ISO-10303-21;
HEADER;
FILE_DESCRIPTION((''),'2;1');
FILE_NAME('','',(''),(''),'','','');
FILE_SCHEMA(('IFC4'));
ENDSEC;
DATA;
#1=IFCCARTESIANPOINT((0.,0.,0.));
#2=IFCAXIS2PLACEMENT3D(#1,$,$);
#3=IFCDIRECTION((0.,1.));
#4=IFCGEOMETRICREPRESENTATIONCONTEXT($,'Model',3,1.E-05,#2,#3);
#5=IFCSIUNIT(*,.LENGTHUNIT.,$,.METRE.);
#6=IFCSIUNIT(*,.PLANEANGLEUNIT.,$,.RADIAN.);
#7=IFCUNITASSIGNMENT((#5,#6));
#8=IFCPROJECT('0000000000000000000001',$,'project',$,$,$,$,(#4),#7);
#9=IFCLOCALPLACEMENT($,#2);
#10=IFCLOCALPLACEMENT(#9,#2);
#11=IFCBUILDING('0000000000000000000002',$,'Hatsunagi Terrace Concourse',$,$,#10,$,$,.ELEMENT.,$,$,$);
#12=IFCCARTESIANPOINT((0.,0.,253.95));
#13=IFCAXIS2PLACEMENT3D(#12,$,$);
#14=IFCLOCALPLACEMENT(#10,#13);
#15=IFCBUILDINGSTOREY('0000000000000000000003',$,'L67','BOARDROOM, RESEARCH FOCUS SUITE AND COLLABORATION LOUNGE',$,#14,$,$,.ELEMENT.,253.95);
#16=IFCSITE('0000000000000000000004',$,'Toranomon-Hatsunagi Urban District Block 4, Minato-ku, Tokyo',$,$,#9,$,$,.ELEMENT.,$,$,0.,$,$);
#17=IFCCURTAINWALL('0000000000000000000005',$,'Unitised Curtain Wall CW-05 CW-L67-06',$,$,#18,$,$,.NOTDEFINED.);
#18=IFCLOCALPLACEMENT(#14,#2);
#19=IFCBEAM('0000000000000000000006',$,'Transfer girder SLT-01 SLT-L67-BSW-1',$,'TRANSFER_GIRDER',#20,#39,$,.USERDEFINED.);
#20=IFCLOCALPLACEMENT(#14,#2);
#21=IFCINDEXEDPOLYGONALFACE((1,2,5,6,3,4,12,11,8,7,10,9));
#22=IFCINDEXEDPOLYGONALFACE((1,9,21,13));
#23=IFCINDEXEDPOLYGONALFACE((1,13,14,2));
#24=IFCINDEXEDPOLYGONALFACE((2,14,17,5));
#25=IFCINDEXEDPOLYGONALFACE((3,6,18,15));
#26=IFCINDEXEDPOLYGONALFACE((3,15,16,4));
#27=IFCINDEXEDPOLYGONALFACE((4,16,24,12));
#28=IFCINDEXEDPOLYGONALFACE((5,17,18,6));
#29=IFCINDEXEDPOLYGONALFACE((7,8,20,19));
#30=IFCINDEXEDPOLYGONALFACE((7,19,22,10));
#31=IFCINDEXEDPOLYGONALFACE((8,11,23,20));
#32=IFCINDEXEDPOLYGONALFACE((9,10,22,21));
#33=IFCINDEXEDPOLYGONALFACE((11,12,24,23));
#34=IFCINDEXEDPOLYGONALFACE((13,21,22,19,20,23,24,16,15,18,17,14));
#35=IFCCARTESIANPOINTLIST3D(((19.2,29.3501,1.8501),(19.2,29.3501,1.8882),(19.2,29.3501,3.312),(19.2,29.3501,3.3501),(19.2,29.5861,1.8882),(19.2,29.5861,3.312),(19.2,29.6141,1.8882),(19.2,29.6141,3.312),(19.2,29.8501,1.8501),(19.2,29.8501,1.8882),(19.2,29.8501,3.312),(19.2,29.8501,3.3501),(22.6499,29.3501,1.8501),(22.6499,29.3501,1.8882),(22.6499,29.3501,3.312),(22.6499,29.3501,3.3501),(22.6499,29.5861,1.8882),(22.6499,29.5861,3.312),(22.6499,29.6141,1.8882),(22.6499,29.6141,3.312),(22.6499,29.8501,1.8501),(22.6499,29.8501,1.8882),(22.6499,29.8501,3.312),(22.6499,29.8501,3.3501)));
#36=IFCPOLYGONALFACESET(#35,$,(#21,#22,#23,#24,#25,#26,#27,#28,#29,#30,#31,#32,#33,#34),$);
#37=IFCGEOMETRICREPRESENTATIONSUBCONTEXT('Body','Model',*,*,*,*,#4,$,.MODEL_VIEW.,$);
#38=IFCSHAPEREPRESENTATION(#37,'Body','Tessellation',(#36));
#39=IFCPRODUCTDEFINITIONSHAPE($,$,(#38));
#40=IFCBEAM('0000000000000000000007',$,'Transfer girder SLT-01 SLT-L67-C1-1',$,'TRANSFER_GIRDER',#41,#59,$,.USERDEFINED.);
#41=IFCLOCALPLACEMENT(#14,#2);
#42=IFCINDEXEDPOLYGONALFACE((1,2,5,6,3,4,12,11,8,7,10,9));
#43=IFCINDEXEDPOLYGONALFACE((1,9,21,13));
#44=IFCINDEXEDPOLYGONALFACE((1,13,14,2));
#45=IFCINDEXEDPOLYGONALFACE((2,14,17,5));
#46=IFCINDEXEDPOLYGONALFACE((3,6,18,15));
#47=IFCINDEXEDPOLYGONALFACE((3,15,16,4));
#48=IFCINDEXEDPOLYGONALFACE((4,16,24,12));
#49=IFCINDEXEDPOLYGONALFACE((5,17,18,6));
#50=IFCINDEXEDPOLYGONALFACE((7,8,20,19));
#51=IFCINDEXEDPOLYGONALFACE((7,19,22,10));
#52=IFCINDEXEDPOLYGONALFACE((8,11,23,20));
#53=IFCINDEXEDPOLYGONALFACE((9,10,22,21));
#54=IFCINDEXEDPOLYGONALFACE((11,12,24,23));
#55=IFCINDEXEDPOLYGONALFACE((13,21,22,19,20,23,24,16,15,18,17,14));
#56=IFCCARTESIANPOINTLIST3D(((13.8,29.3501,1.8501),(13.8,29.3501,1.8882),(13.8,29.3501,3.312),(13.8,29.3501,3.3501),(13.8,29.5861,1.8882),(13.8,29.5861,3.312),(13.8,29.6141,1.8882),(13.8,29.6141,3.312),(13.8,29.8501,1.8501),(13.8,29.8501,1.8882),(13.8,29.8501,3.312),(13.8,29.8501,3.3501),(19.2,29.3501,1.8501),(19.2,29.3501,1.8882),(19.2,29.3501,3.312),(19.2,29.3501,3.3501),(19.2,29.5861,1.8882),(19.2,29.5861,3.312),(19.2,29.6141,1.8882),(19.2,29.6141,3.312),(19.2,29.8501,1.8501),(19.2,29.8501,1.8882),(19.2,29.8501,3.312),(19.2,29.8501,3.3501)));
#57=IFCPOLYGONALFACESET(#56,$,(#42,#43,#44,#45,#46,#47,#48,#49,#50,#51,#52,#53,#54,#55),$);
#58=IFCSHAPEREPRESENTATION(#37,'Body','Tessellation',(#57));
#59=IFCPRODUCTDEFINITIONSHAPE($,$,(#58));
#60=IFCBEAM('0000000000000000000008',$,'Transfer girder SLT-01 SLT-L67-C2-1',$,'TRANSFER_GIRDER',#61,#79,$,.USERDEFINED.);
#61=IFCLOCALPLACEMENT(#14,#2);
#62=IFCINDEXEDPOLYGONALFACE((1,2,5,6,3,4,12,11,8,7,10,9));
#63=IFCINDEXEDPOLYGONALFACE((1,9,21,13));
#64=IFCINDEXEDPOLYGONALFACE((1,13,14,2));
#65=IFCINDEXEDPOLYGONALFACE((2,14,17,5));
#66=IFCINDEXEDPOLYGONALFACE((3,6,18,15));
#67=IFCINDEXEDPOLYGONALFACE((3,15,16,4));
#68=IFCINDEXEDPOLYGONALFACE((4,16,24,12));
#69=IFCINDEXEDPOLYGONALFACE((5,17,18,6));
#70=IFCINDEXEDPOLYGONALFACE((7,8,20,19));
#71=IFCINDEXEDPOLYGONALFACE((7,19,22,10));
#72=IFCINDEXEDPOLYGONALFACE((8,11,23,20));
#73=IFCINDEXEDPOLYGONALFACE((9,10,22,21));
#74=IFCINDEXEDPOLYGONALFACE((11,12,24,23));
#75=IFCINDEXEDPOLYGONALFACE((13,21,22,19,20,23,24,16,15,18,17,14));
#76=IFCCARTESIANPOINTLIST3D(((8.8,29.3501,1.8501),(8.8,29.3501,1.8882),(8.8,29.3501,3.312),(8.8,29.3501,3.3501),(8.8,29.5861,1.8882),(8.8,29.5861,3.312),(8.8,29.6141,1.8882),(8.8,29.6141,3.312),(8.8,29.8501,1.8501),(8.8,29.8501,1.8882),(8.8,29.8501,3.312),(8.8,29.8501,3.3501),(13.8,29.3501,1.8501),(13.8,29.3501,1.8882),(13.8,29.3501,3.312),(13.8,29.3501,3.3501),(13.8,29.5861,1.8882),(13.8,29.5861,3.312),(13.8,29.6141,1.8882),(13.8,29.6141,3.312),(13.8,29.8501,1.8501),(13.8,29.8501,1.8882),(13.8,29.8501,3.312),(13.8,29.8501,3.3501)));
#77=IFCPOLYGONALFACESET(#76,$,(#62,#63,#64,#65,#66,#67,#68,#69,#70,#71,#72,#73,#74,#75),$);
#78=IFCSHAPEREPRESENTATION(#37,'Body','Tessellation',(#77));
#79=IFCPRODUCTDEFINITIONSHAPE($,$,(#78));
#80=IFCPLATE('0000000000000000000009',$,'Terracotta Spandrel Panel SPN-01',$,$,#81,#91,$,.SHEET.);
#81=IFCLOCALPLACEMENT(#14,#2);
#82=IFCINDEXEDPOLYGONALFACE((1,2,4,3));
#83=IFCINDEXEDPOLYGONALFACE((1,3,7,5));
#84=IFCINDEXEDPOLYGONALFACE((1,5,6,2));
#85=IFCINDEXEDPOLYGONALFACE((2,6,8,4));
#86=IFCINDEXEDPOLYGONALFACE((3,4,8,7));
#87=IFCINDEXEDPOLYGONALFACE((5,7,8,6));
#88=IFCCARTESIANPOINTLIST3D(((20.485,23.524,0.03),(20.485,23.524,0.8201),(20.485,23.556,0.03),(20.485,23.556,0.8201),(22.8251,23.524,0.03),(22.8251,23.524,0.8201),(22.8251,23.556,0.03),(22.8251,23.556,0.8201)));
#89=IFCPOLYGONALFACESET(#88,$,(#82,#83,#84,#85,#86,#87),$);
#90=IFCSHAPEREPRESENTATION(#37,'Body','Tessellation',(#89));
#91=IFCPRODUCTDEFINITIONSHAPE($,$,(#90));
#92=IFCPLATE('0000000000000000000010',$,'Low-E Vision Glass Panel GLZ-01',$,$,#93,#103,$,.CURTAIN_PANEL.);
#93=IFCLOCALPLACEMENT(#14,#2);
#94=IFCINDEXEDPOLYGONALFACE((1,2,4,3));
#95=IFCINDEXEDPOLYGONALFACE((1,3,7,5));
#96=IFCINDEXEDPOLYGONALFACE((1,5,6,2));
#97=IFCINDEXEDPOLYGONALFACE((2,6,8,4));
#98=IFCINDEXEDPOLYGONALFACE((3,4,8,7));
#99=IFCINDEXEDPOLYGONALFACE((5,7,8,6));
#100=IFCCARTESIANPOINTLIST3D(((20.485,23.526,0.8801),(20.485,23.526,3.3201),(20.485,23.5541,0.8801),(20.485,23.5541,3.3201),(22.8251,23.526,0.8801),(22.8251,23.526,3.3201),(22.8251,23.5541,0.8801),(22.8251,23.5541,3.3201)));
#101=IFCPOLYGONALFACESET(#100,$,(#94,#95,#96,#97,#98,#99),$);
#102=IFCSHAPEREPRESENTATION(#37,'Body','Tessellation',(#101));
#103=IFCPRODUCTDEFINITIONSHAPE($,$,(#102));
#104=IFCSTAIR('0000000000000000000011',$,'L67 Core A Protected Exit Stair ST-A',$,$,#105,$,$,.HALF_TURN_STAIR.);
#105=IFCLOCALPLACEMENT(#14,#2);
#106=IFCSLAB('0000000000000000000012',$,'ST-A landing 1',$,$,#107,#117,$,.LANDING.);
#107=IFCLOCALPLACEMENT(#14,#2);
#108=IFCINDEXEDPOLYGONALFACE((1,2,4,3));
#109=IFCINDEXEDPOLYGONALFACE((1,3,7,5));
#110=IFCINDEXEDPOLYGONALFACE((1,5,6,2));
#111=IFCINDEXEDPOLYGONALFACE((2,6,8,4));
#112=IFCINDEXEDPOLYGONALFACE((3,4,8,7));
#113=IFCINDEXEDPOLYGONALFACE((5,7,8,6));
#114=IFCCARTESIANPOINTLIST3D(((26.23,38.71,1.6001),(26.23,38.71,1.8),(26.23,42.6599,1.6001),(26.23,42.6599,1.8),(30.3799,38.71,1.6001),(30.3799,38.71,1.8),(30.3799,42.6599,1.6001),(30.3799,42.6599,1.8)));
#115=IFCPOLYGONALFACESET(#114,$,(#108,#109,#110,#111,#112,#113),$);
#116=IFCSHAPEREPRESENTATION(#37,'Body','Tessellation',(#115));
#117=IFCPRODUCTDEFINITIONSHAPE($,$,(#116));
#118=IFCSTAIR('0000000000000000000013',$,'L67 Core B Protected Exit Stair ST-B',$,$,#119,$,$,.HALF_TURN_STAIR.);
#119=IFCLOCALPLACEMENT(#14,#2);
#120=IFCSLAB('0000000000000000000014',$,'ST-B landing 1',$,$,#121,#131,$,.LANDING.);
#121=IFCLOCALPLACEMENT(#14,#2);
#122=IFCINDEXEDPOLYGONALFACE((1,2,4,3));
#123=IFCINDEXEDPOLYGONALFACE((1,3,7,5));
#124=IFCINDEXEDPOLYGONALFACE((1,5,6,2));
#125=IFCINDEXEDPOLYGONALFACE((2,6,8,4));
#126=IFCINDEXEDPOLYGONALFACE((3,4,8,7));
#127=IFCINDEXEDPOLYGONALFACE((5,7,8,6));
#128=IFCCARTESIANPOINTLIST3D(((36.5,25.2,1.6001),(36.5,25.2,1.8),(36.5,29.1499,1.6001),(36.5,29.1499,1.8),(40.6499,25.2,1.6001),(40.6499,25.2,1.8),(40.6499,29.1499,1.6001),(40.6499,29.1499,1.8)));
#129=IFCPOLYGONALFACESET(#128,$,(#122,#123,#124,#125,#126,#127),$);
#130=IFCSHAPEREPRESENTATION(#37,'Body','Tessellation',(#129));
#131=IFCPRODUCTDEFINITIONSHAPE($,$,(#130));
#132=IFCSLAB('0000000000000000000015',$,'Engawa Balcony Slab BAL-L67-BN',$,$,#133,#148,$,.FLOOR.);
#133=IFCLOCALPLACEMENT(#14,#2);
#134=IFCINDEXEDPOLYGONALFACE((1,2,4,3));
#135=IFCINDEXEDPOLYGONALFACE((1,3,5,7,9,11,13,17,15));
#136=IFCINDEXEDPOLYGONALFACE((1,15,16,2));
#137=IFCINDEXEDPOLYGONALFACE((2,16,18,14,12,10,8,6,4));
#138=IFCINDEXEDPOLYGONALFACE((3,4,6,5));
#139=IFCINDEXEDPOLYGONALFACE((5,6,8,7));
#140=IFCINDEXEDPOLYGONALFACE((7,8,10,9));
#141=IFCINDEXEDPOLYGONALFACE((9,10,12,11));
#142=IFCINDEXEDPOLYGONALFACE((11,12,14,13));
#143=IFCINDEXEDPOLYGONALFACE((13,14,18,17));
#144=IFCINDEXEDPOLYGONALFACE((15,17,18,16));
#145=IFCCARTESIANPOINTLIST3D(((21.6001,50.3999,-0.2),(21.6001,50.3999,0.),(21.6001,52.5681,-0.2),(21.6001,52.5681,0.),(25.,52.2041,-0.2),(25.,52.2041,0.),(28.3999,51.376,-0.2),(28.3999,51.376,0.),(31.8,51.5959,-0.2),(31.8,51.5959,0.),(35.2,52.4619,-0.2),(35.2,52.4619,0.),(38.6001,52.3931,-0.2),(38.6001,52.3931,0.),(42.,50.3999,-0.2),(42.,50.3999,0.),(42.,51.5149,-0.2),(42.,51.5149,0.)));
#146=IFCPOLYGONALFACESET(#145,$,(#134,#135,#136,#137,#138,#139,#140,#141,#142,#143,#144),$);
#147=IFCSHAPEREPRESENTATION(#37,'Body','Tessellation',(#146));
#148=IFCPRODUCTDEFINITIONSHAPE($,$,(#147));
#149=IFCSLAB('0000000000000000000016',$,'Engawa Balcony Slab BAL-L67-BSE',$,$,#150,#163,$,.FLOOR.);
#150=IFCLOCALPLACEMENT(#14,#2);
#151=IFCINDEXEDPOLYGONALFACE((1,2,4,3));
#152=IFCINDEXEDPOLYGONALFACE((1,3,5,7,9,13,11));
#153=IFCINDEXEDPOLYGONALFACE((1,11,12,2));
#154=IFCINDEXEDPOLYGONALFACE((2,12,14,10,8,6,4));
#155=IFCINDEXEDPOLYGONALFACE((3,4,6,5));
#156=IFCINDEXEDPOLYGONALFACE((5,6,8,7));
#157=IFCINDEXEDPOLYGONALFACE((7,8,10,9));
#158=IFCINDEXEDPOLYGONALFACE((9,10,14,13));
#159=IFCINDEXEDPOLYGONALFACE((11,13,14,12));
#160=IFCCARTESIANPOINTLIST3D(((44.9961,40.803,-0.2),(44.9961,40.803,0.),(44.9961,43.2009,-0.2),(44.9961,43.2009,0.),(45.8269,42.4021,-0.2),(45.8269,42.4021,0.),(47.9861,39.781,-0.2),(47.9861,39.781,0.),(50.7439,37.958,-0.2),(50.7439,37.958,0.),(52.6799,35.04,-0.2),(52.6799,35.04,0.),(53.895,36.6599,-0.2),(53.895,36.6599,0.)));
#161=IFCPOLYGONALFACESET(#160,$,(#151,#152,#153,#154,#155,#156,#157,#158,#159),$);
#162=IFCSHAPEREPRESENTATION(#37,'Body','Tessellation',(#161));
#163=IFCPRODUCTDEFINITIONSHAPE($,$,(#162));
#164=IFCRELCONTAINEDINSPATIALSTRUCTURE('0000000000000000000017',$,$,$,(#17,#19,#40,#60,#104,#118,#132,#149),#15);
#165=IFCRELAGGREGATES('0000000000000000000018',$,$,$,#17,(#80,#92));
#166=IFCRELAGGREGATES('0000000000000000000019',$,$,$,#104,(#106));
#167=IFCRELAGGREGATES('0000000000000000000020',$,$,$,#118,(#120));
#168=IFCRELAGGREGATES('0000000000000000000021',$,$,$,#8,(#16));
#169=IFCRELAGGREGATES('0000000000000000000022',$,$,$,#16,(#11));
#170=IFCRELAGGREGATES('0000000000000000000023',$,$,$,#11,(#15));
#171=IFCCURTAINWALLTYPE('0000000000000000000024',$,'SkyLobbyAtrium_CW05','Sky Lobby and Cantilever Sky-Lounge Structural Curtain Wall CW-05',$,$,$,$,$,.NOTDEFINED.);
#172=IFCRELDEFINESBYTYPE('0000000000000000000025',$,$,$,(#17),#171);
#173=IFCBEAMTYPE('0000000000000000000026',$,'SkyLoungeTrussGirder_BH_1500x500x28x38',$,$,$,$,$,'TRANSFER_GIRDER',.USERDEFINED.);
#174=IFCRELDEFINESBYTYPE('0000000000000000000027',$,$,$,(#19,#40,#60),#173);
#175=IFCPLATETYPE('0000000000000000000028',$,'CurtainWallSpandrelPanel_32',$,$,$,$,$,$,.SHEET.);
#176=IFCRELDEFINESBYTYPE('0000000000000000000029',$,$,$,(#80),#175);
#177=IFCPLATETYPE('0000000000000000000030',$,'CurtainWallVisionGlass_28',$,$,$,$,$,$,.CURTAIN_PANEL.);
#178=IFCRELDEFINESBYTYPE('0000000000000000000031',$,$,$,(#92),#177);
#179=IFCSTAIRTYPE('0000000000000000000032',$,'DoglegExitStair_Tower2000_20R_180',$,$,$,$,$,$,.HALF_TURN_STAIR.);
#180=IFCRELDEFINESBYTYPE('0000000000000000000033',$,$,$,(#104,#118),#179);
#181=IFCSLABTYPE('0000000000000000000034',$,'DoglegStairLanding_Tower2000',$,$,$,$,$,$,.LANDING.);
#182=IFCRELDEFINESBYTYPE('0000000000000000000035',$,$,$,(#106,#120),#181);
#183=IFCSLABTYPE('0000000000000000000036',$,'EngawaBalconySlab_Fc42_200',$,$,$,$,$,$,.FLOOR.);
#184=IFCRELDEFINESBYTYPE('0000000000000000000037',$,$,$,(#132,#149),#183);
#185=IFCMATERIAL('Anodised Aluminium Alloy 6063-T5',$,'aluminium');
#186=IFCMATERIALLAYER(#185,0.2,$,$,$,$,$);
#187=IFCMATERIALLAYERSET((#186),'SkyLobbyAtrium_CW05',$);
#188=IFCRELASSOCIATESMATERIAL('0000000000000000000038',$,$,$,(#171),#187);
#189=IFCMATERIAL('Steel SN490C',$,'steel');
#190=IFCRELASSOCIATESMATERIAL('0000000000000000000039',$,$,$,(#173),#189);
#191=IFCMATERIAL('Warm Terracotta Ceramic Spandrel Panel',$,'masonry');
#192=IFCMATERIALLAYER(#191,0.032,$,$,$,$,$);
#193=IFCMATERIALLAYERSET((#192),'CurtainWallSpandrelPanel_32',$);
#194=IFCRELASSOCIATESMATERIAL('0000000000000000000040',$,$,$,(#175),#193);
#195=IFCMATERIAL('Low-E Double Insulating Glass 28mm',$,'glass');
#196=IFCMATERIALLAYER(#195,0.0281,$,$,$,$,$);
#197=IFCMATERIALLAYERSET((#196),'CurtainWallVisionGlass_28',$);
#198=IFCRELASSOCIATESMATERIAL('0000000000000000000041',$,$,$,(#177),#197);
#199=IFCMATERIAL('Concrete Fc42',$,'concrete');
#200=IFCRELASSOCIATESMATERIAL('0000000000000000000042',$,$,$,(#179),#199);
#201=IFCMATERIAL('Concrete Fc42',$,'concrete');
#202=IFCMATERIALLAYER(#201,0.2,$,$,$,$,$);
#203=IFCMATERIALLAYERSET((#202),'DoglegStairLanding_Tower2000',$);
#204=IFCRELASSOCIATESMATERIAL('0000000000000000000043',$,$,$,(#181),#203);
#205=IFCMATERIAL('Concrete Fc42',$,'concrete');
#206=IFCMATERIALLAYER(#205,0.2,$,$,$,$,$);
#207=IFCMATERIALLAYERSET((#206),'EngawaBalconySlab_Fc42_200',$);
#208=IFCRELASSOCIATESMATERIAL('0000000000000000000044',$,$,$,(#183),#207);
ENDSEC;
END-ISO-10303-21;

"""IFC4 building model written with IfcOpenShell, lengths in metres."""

from ifc_helpers import new_model, si_unit, direction, frame, origin, origin_2d, place, context, subcontext, project, spatial, polyline, rectangle, i_section, outline, extrude, material, layer, layer_set, material_profile, profile_set, type_object, element, aggregate, save


model = new_model("IFC4")

# Units and contexts
model_context = context("Model", 3, precision=1e-05, world=origin(), true_north=direction((0.0, 1.0)))
body_context = subcontext(model_context, "Body", "Model", "MODEL_VIEW")
ifc_project = project(units=[si_unit("LENGTHUNIT", "METRE"), si_unit("PLANEANGLEUNIT", "RADIAN")], contexts=[model_context])

# Site, building, storey
site_placement = place(None, origin())
site = spatial("IfcSite", under=ifc_project, at=site_placement, Name="Toranomon-Hatsunagi Urban District Block 4, Minato-ku, Tokyo", CompositionType="ELEMENT", RefElevation=0.0)
building_placement = place(site_placement, origin())
building = spatial("IfcBuilding", under=site, at=building_placement, Name="Hatsunagi Terrace Concourse", CompositionType="ELEMENT")
storey_placement = place(building_placement, frame((0.0, 0.0, 253.95)))
storey = spatial("IfcBuildingStorey", under=building, at=storey_placement, Name="L67", Description="BOARDROOM, RESEARCH FOCUS SUITE AND COLLABORATION LOUNGE", CompositionType="ELEMENT", Elevation=253.95)

# Curtain wall
ifc_material_1 = material(Name="Anodised Aluminium Alloy 6063-T5", Category="aluminium")
ifc_layer_1 = layer(ifc_material_1, 0.2)
ifc_layer_set_1 = layer_set([ifc_layer_1], Name="SkyLobbyAtrium_CW05")
curtain_wall_type = type_object("IfcCurtainWallType", Name="SkyLobbyAtrium_CW05", Description="Sky Lobby and Cantilever Sky-Lounge Structural Curtain Wall CW-05", PredefinedType="NOTDEFINED", material=ifc_layer_set_1)
curtain_wall_placement = place(storey_placement, origin())
curtain_wall = element("IfcCurtainWall", 1, at=curtain_wall_placement, inside=storey, type_object=curtain_wall_type, Name="Unitised Curtain Wall CW-05 CW-L67-06", PredefinedType="NOTDEFINED")

# Beams
ifc_material_2 = material(Name="Steel SN490C", Category="steel")
ifc_material_profile_1 = material_profile(ifc_material_2, i_section(OverallWidth=0.5, OverallDepth=1.5, WebThickness=0.0281, FlangeThickness=0.0381, at=origin_2d()), Name="BH-1500x500x28x38")
ifc_profile_set_1 = profile_set([ifc_material_profile_1], Name="Steel SN490C")
beam_type_1 = type_object("IfcBeamType", Name="SkyLoungeTrussGirder_BH_1500x500x28x38", ElementType="TRANSFER_GIRDER", PredefinedType="USERDEFINED", material=ifc_profile_set_1)
beam_1_placement = place(storey_placement, frame((22.6499, 29.6001, 2.6001), z_axis=(-1.0, 0.0, 0.0), x_axis=(0.0, -1.0, 0.0)))
element("IfcBeam", 2, at=beam_1_placement, inside=storey, type_object=beam_type_1, Name="Transfer girder SLT-01 SLT-L67-BSW-1", ObjectType="TRANSFER_GIRDER", PredefinedType="USERDEFINED", context=body_context, shape_type="SweptSolid", body=[
    extrude(i_section(OverallWidth=0.5, OverallDepth=1.5, WebThickness=0.0281, FlangeThickness=0.0381, at=origin_2d()), origin(), (0.0, 0.0, 1.0), 3.45),
])
beam_2_placement = place(storey_placement, frame((19.2, 29.6001, 2.6001), z_axis=(-1.0, 0.0, 0.0), x_axis=(0.0, -1.0, 0.0)))
element("IfcBeam", 3, at=beam_2_placement, inside=storey, type_object=beam_type_1, Name="Transfer girder SLT-01 SLT-L67-C1-1", ObjectType="TRANSFER_GIRDER", PredefinedType="USERDEFINED", context=body_context, shape_type="SweptSolid", body=[
    extrude(i_section(OverallWidth=0.5, OverallDepth=1.5, WebThickness=0.0281, FlangeThickness=0.0381, at=origin_2d()), origin(), (0.0, 0.0, 1.0), 5.3999),
])
beam_3_placement = place(storey_placement, frame((13.8, 29.6001, 2.6001), z_axis=(-1.0, 0.0, 0.0), x_axis=(0.0, -1.0, 0.0)))
element("IfcBeam", 4, at=beam_3_placement, inside=storey, type_object=beam_type_1, Name="Transfer girder SLT-01 SLT-L67-C2-1", ObjectType="TRANSFER_GIRDER", PredefinedType="USERDEFINED", context=body_context, shape_type="SweptSolid", body=[
    extrude(i_section(OverallWidth=0.5, OverallDepth=1.5, WebThickness=0.0281, FlangeThickness=0.0381, at=origin_2d()), origin(), (0.0, 0.0, 1.0), 5.0),
])

# Plates
ifc_material_3 = material(Name="Warm Terracotta Ceramic Spandrel Panel", Category="masonry")
ifc_layer_2 = layer(ifc_material_3, 0.032)
ifc_layer_set_2 = layer_set([ifc_layer_2], Name="CurtainWallSpandrelPanel_32")
plate_type_1 = type_object("IfcPlateType", Name="CurtainWallSpandrelPanel_32", PredefinedType="SHEET", material=ifc_layer_set_2)
plate_1_placement = place(storey_placement, frame((21.655, 23.54, 0.03), z_axis=(0.0, 0.0, 1.0), x_axis=(-1.0, 0.0, 0.0)))
plate_1 = element("IfcPlate", 5, at=plate_1_placement, type_object=plate_type_1, Name="Terracotta Spandrel Panel SPN-01", PredefinedType="SHEET", context=body_context, shape_type="SweptSolid", body=[
    extrude(rectangle(XDim=2.3401, YDim=0.032, at=origin_2d()), origin(), (0.0, 0.0, 1.0), 0.79),
])
ifc_material_4 = material(Name="Low-E Double Insulating Glass 28mm", Category="glass")
ifc_layer_3 = layer(ifc_material_4, 0.0281)
ifc_layer_set_3 = layer_set([ifc_layer_3], Name="CurtainWallVisionGlass_28")
plate_type_2 = type_object("IfcPlateType", Name="CurtainWallVisionGlass_28", PredefinedType="CURTAIN_PANEL", material=ifc_layer_set_3)
plate_2_placement = place(storey_placement, frame((21.655, 23.54, 0.8801), z_axis=(0.0, 0.0, 1.0), x_axis=(-1.0, 0.0, 0.0)))
plate_2 = element("IfcPlate", 6, at=plate_2_placement, type_object=plate_type_2, Name="Low-E Vision Glass Panel GLZ-01", PredefinedType="CURTAIN_PANEL", context=body_context, shape_type="SweptSolid", body=[
    extrude(rectangle(XDim=2.3401, YDim=0.0281, at=origin_2d()), origin(), (0.0, 0.0, 1.0), 2.4399),
])
aggregate(curtain_wall, [plate_1, plate_2])

# Stairs, slabs
ifc_material_5 = material(Name="Concrete Fc42", Category="concrete")
stair_type = type_object("IfcStairType", Name="DoglegExitStair_Tower2000_20R_180", PredefinedType="HALF_TURN_STAIR", material=ifc_material_5)
stair_1_placement = place(storey_placement, origin())
stair_1 = element("IfcStair", 7, at=stair_1_placement, inside=storey, type_object=stair_type, Name="L67 Core A Protected Exit Stair ST-A", PredefinedType="HALF_TURN_STAIR")
ifc_material_6 = material(Name="Concrete Fc42", Category="concrete")
ifc_layer_4 = layer(ifc_material_6, 0.2)
ifc_layer_set_4 = layer_set([ifc_layer_4], Name="DoglegStairLanding_Tower2000")
slab_type_1 = type_object("IfcSlabType", Name="DoglegStairLanding_Tower2000", PredefinedType="LANDING", material=ifc_layer_set_4)
slab_1_placement = place(storey_placement, frame((0.0, 0.0, 1.6001)))
slab_1 = element("IfcSlab", 8, at=slab_1_placement, type_object=slab_type_1, Name="ST-A landing 1", PredefinedType="LANDING", context=body_context, shape_type="SweptSolid", body=[
    extrude(outline(polyline([(30.3799, 38.71), (30.3799, 42.6599), (26.23, 42.6599), (26.23, 38.71), (30.3799, 38.71)])), origin(), (0.0, 0.0, 1.0), 0.2),
])
aggregate(stair_1, [slab_1])
stair_2_placement = place(storey_placement, origin())
stair_2 = element("IfcStair", 9, at=stair_2_placement, inside=storey, type_object=stair_type, Name="L67 Core B Protected Exit Stair ST-B", PredefinedType="HALF_TURN_STAIR")
slab_2_placement = place(storey_placement, frame((0.0, 0.0, 1.6001)))
slab_2 = element("IfcSlab", 10, at=slab_2_placement, type_object=slab_type_1, Name="ST-B landing 1", PredefinedType="LANDING", context=body_context, shape_type="SweptSolid", body=[
    extrude(outline(polyline([(36.5, 29.1499), (36.5, 25.2), (40.6499, 25.2), (40.6499, 29.1499), (36.5, 29.1499)])), origin(), (0.0, 0.0, 1.0), 0.2),
])
aggregate(stair_2, [slab_2])

# Slabs
ifc_material_7 = material(Name="Concrete Fc42", Category="concrete")
ifc_layer_5 = layer(ifc_material_7, 0.2)
ifc_layer_set_5 = layer_set([ifc_layer_5], Name="EngawaBalconySlab_Fc42_200")
slab_type_2 = type_object("IfcSlabType", Name="EngawaBalconySlab_Fc42_200", PredefinedType="FLOOR", material=ifc_layer_set_5)
slab_3_placement = place(storey_placement, frame((0.0, 0.0, -0.2)))
element("IfcSlab", 11, at=slab_3_placement, inside=storey, type_object=slab_type_2, Name="Engawa Balcony Slab BAL-L67-BN", PredefinedType="FLOOR", context=body_context, shape_type="SweptSolid", body=[
    extrude(outline(polyline([(21.6001, 52.5681), (21.6001, 50.3999), (42.0, 50.3999), (42.0, 51.5149), (38.6001, 52.3931), (35.2, 52.4619), (31.8, 51.5959), (28.3999, 51.376), (25.0, 52.2041), (21.6001, 52.5681)])), origin(), (0.0, 0.0, 1.0), 0.2),
])
slab_4_placement = place(storey_placement, frame((0.0, 0.0, -0.2)))
element("IfcSlab", 12, at=slab_4_placement, inside=storey, type_object=slab_type_2, Name="Engawa Balcony Slab BAL-L67-BSE", PredefinedType="FLOOR", context=body_context, shape_type="SweptSolid", body=[
    extrude(outline(polyline([(45.8269, 42.4021), (44.9961, 43.2009), (44.9961, 40.803), (52.6799, 35.04), (53.895, 36.6599), (50.7439, 37.958), (47.9861, 39.781), (45.8269, 42.4021)])), origin(), (0.0, 0.0, 1.0), 0.2),
])

save(model, "model.ifc")
